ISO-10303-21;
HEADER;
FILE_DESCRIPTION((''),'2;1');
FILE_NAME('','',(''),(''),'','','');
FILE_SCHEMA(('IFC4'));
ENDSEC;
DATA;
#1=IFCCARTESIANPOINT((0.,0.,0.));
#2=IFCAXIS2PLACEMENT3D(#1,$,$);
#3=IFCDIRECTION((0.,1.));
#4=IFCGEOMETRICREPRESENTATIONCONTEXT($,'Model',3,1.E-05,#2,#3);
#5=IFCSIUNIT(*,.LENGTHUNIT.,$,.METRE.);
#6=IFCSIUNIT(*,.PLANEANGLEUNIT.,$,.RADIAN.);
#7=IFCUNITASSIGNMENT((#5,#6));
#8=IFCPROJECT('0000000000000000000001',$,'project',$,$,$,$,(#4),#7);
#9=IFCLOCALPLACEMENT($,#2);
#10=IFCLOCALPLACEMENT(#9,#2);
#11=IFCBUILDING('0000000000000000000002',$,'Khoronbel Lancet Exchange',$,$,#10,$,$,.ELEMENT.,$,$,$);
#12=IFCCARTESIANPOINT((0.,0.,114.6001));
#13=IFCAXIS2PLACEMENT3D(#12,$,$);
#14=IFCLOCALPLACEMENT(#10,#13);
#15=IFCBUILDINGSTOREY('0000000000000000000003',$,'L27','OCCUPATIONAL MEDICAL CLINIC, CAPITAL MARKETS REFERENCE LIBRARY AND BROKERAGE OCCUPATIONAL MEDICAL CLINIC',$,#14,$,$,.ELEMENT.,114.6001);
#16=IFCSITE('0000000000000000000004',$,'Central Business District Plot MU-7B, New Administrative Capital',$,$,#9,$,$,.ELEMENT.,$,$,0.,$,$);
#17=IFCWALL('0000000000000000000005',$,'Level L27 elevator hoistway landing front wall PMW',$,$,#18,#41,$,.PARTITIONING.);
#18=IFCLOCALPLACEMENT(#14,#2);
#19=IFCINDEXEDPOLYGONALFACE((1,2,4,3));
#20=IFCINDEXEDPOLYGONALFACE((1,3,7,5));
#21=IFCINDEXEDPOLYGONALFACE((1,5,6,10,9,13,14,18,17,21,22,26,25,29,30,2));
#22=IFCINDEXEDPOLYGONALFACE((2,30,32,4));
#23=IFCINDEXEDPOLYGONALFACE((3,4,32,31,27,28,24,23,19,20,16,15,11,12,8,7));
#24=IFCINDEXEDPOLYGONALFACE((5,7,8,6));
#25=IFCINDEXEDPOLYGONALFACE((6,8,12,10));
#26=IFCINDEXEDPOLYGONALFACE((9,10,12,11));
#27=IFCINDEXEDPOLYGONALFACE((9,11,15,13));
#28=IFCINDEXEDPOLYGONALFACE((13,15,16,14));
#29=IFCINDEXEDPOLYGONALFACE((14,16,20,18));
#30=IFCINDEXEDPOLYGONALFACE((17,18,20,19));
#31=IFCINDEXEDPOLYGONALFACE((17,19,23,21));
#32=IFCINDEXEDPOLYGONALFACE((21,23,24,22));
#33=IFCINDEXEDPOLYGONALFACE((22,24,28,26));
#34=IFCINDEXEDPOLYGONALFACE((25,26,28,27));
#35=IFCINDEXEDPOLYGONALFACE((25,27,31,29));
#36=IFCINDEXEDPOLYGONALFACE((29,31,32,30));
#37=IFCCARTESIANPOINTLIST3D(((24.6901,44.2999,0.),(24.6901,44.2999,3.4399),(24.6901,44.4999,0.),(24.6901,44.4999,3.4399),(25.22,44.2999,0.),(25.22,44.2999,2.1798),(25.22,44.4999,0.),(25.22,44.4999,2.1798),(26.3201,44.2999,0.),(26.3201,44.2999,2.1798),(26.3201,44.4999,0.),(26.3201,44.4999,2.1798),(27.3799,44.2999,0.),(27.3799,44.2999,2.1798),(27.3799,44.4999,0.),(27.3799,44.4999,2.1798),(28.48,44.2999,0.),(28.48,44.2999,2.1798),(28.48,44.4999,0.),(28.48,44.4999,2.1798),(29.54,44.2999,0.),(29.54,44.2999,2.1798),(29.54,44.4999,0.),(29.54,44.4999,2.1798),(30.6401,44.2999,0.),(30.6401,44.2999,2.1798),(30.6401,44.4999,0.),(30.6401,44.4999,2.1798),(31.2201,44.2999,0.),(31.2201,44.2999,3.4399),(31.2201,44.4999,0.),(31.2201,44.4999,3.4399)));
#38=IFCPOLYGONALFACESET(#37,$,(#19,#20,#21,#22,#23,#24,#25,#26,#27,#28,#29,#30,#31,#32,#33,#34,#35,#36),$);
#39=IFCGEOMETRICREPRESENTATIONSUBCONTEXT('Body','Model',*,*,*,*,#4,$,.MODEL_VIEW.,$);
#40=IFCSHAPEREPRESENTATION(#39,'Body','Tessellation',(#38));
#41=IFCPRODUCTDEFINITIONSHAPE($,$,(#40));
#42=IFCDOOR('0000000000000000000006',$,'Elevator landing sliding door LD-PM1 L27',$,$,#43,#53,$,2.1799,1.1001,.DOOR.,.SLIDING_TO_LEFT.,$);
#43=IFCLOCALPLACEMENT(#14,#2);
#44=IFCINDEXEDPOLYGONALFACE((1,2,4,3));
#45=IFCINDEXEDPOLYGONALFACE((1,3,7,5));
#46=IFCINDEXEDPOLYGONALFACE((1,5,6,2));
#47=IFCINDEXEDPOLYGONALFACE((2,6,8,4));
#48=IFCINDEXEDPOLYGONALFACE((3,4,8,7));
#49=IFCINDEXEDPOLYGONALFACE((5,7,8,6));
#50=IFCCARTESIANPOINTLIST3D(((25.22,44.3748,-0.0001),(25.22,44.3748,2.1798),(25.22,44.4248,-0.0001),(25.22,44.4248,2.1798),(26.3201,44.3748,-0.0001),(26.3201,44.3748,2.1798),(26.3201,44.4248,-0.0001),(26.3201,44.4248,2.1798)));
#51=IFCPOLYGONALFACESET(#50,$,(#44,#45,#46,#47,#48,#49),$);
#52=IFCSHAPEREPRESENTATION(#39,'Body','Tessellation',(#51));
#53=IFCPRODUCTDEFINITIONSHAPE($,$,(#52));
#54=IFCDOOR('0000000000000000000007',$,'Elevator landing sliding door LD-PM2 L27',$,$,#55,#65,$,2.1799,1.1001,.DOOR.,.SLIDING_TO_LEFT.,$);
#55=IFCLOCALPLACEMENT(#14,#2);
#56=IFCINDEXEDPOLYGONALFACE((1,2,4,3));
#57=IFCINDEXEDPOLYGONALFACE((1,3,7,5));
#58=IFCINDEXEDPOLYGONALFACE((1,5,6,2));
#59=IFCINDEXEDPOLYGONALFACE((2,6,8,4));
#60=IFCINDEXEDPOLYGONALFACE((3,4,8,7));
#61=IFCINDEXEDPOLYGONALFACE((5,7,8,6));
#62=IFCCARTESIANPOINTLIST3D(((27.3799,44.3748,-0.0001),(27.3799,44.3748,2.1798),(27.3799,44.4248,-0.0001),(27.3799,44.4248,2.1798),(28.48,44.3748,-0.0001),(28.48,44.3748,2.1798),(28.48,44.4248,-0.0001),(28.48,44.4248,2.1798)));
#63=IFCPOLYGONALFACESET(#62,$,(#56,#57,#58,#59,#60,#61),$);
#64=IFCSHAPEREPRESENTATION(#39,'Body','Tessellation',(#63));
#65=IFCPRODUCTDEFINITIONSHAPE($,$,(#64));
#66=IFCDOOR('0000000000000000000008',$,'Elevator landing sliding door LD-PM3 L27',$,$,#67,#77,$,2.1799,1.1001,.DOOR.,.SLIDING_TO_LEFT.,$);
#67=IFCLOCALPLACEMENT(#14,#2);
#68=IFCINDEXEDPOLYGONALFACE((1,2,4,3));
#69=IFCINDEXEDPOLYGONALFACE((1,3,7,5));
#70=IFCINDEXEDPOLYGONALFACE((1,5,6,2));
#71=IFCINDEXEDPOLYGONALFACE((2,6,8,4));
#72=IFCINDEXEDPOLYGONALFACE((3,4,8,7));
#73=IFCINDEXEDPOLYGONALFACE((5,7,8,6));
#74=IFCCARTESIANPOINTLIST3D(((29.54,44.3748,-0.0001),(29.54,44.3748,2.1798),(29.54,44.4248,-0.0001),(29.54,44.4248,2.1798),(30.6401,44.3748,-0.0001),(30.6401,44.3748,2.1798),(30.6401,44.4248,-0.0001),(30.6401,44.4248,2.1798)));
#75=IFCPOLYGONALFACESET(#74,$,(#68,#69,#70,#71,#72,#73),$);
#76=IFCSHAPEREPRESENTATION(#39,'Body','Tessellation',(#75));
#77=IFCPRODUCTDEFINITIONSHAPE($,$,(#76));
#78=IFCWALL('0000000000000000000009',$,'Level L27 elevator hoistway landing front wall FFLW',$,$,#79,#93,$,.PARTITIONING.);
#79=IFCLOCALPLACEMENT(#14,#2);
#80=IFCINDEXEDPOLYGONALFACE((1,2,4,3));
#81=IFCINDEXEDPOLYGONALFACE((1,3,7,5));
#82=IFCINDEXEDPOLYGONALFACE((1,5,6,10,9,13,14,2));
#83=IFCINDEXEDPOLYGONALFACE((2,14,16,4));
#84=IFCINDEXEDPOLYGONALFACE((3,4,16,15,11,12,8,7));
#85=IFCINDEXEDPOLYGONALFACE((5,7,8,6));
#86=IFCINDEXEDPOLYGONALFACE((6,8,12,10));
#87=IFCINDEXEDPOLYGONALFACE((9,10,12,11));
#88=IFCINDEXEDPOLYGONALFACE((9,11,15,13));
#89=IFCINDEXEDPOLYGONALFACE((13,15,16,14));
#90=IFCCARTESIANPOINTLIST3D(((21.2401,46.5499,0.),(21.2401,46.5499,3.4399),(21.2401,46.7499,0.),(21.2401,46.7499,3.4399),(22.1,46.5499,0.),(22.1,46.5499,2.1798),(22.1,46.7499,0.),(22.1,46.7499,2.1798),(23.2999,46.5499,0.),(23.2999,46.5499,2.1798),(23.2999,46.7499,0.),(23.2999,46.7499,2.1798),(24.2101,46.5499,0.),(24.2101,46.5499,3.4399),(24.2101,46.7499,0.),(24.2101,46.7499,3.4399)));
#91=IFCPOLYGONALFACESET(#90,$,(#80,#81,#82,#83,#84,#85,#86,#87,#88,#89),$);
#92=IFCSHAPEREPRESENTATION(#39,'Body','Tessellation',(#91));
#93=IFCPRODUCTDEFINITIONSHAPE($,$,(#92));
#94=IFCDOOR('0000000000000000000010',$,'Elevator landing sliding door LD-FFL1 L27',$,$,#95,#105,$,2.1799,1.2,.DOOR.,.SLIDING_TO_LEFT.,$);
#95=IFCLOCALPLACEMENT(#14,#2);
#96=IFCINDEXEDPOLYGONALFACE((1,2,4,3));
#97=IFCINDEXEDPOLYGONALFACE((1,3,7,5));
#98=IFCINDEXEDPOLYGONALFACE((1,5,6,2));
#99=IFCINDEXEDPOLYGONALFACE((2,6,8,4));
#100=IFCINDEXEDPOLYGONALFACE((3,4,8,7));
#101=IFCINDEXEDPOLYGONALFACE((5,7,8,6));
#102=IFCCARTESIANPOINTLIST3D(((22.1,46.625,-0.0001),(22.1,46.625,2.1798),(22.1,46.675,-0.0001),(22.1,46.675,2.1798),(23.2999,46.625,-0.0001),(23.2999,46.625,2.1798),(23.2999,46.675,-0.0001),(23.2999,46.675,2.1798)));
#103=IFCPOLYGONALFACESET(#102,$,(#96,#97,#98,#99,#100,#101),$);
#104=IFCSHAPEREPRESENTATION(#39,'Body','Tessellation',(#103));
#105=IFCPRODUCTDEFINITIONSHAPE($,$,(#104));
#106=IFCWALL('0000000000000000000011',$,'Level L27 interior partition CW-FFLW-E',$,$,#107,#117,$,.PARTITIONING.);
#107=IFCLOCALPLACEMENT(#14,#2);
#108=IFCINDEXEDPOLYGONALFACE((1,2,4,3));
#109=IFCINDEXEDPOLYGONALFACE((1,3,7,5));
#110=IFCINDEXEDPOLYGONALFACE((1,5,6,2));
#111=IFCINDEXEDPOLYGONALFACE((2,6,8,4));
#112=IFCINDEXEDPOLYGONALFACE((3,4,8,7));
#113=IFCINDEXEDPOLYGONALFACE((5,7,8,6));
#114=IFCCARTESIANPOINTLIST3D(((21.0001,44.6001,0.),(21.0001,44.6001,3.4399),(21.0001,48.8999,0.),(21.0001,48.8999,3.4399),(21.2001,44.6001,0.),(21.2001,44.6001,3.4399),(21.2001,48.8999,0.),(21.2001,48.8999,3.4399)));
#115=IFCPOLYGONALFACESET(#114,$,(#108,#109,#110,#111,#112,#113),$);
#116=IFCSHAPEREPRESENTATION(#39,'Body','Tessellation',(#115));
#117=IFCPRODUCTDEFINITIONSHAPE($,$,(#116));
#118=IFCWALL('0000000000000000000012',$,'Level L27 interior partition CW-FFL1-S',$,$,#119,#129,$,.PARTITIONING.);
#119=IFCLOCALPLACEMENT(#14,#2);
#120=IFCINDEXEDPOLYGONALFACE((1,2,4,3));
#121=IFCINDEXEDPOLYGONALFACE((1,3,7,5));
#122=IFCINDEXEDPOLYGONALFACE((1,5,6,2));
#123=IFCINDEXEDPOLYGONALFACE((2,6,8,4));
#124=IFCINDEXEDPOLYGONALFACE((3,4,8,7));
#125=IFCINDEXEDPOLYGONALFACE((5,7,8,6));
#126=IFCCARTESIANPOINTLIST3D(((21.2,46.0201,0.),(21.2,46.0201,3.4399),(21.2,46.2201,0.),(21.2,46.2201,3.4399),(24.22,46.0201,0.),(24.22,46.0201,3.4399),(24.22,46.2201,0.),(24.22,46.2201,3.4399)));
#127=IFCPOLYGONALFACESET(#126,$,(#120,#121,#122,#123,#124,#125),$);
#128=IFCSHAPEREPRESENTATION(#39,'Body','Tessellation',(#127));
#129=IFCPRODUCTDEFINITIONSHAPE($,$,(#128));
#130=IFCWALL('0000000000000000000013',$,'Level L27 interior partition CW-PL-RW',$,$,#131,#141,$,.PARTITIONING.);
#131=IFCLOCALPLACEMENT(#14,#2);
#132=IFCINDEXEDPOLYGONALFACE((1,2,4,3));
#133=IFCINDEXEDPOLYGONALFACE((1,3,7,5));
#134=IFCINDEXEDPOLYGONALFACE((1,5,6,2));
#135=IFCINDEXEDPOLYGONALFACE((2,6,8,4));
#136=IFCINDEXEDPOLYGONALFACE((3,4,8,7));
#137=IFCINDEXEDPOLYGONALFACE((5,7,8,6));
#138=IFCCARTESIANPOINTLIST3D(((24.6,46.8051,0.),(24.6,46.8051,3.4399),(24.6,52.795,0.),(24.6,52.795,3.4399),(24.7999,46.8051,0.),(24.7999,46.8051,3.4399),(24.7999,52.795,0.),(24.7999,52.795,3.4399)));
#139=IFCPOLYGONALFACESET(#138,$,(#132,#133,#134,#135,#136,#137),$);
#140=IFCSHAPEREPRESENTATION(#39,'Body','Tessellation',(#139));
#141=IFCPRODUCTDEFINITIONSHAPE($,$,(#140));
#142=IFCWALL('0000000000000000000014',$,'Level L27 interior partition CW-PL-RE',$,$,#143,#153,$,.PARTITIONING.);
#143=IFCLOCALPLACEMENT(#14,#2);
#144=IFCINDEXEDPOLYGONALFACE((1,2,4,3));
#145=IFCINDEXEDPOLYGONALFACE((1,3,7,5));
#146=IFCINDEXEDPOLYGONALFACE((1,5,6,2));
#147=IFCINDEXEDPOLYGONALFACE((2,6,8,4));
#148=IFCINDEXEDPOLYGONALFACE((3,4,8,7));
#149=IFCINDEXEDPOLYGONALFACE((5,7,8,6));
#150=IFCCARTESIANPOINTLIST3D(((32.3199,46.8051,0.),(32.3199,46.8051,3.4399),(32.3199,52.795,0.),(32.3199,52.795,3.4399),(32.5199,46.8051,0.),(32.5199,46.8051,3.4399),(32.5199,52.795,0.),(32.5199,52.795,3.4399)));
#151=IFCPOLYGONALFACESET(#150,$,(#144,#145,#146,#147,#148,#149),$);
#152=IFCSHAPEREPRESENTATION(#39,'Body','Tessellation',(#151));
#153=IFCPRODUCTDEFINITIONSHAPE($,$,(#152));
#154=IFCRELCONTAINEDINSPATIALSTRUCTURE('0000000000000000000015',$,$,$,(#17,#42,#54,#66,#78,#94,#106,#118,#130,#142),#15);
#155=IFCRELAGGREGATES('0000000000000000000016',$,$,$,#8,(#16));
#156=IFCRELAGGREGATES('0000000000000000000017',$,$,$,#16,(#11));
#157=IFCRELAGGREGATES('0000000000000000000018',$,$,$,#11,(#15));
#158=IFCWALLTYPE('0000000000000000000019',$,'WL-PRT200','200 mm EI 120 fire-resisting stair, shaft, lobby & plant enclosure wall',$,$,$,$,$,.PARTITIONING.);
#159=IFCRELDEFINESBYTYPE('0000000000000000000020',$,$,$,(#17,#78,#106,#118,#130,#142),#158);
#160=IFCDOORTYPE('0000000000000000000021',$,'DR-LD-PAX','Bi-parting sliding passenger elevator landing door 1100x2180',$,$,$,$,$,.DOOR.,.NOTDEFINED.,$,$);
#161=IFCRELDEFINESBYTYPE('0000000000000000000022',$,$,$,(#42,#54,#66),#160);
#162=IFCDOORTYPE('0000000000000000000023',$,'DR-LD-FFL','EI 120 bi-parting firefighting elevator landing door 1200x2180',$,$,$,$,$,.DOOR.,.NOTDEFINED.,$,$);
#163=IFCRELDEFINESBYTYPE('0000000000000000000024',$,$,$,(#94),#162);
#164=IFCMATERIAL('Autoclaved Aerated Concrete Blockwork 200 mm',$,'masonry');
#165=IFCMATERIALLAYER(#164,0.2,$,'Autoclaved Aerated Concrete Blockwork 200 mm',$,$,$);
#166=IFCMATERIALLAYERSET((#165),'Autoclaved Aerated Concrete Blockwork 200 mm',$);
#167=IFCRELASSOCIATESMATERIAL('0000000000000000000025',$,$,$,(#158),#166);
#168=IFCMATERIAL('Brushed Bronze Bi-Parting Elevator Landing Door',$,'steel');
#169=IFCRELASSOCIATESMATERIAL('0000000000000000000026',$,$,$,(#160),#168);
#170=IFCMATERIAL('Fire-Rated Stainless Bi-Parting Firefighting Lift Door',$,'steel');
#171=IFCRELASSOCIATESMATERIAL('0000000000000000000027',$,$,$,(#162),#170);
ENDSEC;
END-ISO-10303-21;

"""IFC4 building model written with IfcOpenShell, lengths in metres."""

from ifc_helpers import new_model, si_unit, direction, frame, frame_2d, origin, place, context, subcontext, project, spatial, rectangle, extrude, material, layer, layer_set, type_object, element, fill, save


model = new_model("IFC4")

# Units and contexts
model_context = context("Model", 3, precision=1e-05, world=origin(), true_north=direction((0.0, 1.0)))
body_context = subcontext(model_context, "Body", "Model", "MODEL_VIEW")
ifc_project = project(units=[si_unit("LENGTHUNIT", "METRE"), si_unit("PLANEANGLEUNIT", "RADIAN")], contexts=[model_context])

# Site, building, storey
site_placement = place(None, origin())
site = spatial("IfcSite", under=ifc_project, at=site_placement, Name="Central Business District Plot MU-7B, New Administrative Capital", CompositionType="ELEMENT", RefElevation=0.0)
building_placement = place(site_placement, origin())
building = spatial("IfcBuilding", under=site, at=building_placement, Name="Khoronbel Lancet Exchange", CompositionType="ELEMENT")
storey_placement = place(building_placement, frame((0.0, 0.0, 114.6001)))
storey = spatial("IfcBuildingStorey", under=building, at=storey_placement, Name="L27", Description="OCCUPATIONAL MEDICAL CLINIC, CAPITAL MARKETS REFERENCE LIBRARY AND BROKERAGE OCCUPATIONAL MEDICAL CLINIC", CompositionType="ELEMENT", Elevation=114.6001)

# Wall, openings, doors
ifc_material_1 = material(Name="Autoclaved Aerated Concrete Blockwork 200 mm", Category="masonry")
ifc_layer_1 = layer(ifc_material_1, 0.2, Name="Autoclaved Aerated Concrete Blockwork 200 mm")
ifc_layer_set_1 = layer_set([ifc_layer_1], Name="Autoclaved Aerated Concrete Blockwork 200 mm")
wall_type_1 = type_object("IfcWallType", Name="WL-PRT200", Description="200 mm EI 120 fire-resisting stair, shaft, lobby & plant enclosure wall", PredefinedType="PARTITIONING", material=ifc_layer_set_1)
wall_1_placement = place(storey_placement, frame((24.6899, 44.3999, 0.0), z_axis=(0.0, 0.0, 1.0), x_axis=(1.0, 0.0, 0.0)))
wall_1 = element("IfcWall", 1, at=wall_1_placement, inside=storey, type_object=wall_type_1, Name="Level L27 elevator hoistway landing front wall PMW", PredefinedType="PARTITIONING", context=body_context, shape_type="SweptSolid", body=[
    extrude(rectangle(XDim=6.53, YDim=0.2, at=frame_2d((3.2651, 0.0))), origin(), (0.0, 0.0, 1.0), 3.4399),
])
opening_1_placement = place(wall_1_placement, frame((0.53, 0.0, 0.0)))
opening_1 = element("IfcOpeningElement", 2, at=opening_1_placement, cuts=wall_1, PredefinedType="OPENING", context=body_context, shape_type="SweptSolid", body=[
    extrude(rectangle(XDim=1.1001, YDim=2.1799, at=frame_2d((0.55, 1.0898))), frame((0.0, 0.1099, 0.0), z_axis=(0.0, -1.0, 0.0), x_axis=(1.0, 0.0, 0.0)), (0.0, 0.0, 1.0), 0.22),
])
opening_2_placement = place(wall_1_placement, frame((2.6899, 0.0, 0.0)))
opening_2 = element("IfcOpeningElement", 3, at=opening_2_placement, cuts=wall_1, PredefinedType="OPENING", context=body_context, shape_type="SweptSolid", body=[
    extrude(rectangle(XDim=1.1001, YDim=2.1799, at=frame_2d((0.55, 1.0898))), frame((0.0, 0.1099, 0.0), z_axis=(0.0, -1.0, 0.0), x_axis=(1.0, 0.0, 0.0)), (0.0, 0.0, 1.0), 0.22),
])
opening_3_placement = place(wall_1_placement, frame((4.8501, 0.0, 0.0)))
opening_3 = element("IfcOpeningElement", 4, at=opening_3_placement, cuts=wall_1, PredefinedType="OPENING", context=body_context, shape_type="SweptSolid", body=[
    extrude(rectangle(XDim=1.1001, YDim=2.1799, at=frame_2d((0.55, 1.0898))), frame((0.0, 0.1099, 0.0), z_axis=(0.0, -1.0, 0.0), x_axis=(1.0, 0.0, 0.0)), (0.0, 0.0, 1.0), 0.22),
])
ifc_material_2 = material(Name="Brushed Bronze Bi-Parting Elevator Landing Door", Category="steel")
door_type_1 = type_object("IfcDoorType", Name="DR-LD-PAX", Description="Bi-parting sliding passenger elevator landing door 1100x2180", OperationType="NOTDEFINED", PredefinedType="DOOR", material=ifc_material_2)
door_1_placement = place(opening_1_placement, origin())
door_1 = element("IfcDoor", 5, at=door_1_placement, inside=storey, type_object=door_type_1, Name="Elevator landing sliding door LD-PM1 L27", OperationType="SLIDING_TO_LEFT", OverallHeight=2.1799, OverallWidth=1.1001, PredefinedType="DOOR", context=body_context, shape_type="SweptSolid", body=[
    extrude(rectangle(XDim=1.1001, YDim=2.1799, at=frame_2d((0.55, 1.0898))), frame((0.0, 0.0249, 0.0), z_axis=(0.0, -1.0, 0.0), x_axis=(1.0, 0.0, 0.0)), (0.0, 0.0, 1.0), 0.05),
])
fill(opening_1, door_1)
door_2_placement = place(opening_2_placement, origin())
door_2 = element("IfcDoor", 6, at=door_2_placement, inside=storey, type_object=door_type_1, Name="Elevator landing sliding door LD-PM2 L27", OperationType="SLIDING_TO_LEFT", OverallHeight=2.1799, OverallWidth=1.1001, PredefinedType="DOOR", context=body_context, shape_type="SweptSolid", body=[
    extrude(rectangle(XDim=1.1001, YDim=2.1799, at=frame_2d((0.55, 1.0898))), frame((0.0, 0.0249, 0.0), z_axis=(0.0, -1.0, 0.0), x_axis=(1.0, 0.0, 0.0)), (0.0, 0.0, 1.0), 0.05),
])
fill(opening_2, door_2)
door_3_placement = place(opening_3_placement, origin())
door_3 = element("IfcDoor", 7, at=door_3_placement, inside=storey, type_object=door_type_1, Name="Elevator landing sliding door LD-PM3 L27", OperationType="SLIDING_TO_LEFT", OverallHeight=2.1799, OverallWidth=1.1001, PredefinedType="DOOR", context=body_context, shape_type="SweptSolid", body=[
    extrude(rectangle(XDim=1.1001, YDim=2.1799, at=frame_2d((0.55, 1.0898))), frame((0.0, 0.0249, 0.0), z_axis=(0.0, -1.0, 0.0), x_axis=(1.0, 0.0, 0.0)), (0.0, 0.0, 1.0), 0.05),
])
fill(opening_3, door_3)

# Wall, opening, door
wall_2_placement = place(storey_placement, frame((24.21, 46.6499, 0.0), z_axis=(0.0, 0.0, 1.0), x_axis=(-1.0, 0.0, 0.0)))
wall_2 = element("IfcWall", 8, at=wall_2_placement, inside=storey, type_object=wall_type_1, Name="Level L27 elevator hoistway landing front wall FFLW", PredefinedType="PARTITIONING", context=body_context, shape_type="SweptSolid", body=[
    extrude(rectangle(XDim=2.97, YDim=0.2, at=frame_2d((1.4849, 0.0))), origin(), (0.0, 0.0, 1.0), 3.4399),
])
opening_4_placement = place(wall_2_placement, frame((0.9099, 0.0, 0.0)))
opening_4 = element("IfcOpeningElement", 9, at=opening_4_placement, cuts=wall_2, PredefinedType="OPENING", context=body_context, shape_type="SweptSolid", body=[
    extrude(rectangle(XDim=1.2, YDim=2.1799, at=frame_2d((0.6001, 1.0898))), frame((0.0, 0.1099, 0.0), z_axis=(0.0, -1.0, 0.0), x_axis=(1.0, 0.0, 0.0)), (0.0, 0.0, 1.0), 0.22),
])
ifc_material_3 = material(Name="Fire-Rated Stainless Bi-Parting Firefighting Lift Door", Category="steel")
door_type_2 = type_object("IfcDoorType", Name="DR-LD-FFL", Description="EI 120 bi-parting firefighting elevator landing door 1200x2180", OperationType="NOTDEFINED", PredefinedType="DOOR", material=ifc_material_3)
door_4_placement = place(opening_4_placement, origin())
door_4 = element("IfcDoor", 10, at=door_4_placement, inside=storey, type_object=door_type_2, Name="Elevator landing sliding door LD-FFL1 L27", OperationType="SLIDING_TO_LEFT", OverallHeight=2.1799, OverallWidth=1.2, PredefinedType="DOOR", context=body_context, shape_type="SweptSolid", body=[
    extrude(rectangle(XDim=1.2, YDim=2.1799, at=frame_2d((0.6001, 1.0898))), frame((0.0, 0.0249, 0.0), z_axis=(0.0, -1.0, 0.0), x_axis=(1.0, 0.0, 0.0)), (0.0, 0.0, 1.0), 0.05),
])
fill(opening_4, door_4)

# Walls
wall_3_placement = place(storey_placement, frame((21.1001, 44.6001, 0.0), z_axis=(0.0, 0.0, 1.0), x_axis=(0.0, 1.0, 0.0)))
element("IfcWall", 11, at=wall_3_placement, inside=storey, type_object=wall_type_1, Name="Level L27 interior partition CW-FFLW-E", PredefinedType="PARTITIONING", context=body_context, shape_type="SweptSolid", body=[
    extrude(rectangle(XDim=4.2998, YDim=0.2, at=frame_2d((2.1499, 0.0))), origin(), (0.0, 0.0, 1.0), 3.4399),
])
wall_4_placement = place(storey_placement, frame((21.2, 46.1201, 0.0), z_axis=(0.0, 0.0, 1.0), x_axis=(1.0, 0.0, 0.0)))
element("IfcWall", 12, at=wall_4_placement, inside=storey, type_object=wall_type_1, Name="Level L27 interior partition CW-FFL1-S", PredefinedType="PARTITIONING", context=body_context, shape_type="SweptSolid", body=[
    extrude(rectangle(XDim=3.02, YDim=0.2, at=frame_2d((1.51, 0.0))), origin(), (0.0, 0.0, 1.0), 3.4399),
])
for number, where, z_axis, x_axis, name in (
    (13, (24.7, 46.8049, 0.0), (0.0, 0.0, 1.0), (0.0, 1.0, 0.0), "Level L27 interior partition CW-PL-RW"),
    (14, (32.4199, 46.8049, 0.0), (0.0, 0.0, 1.0), (0.0, 1.0, 0.0), "Level L27 interior partition CW-PL-RE"),
):
    element("IfcWall", number, at=place(storey_placement, frame(where, z_axis=z_axis, x_axis=x_axis)), inside=storey, type_object=wall_type_1, Name=name, PredefinedType="PARTITIONING", context=body_context, shape_type="SweptSolid", body=[
        extrude(rectangle(XDim=5.99, YDim=0.2, at=frame_2d((2.9951, 0.0))), origin(), (0.0, 0.0, 1.0), 3.4399),
    ])

save(model, "model.ifc")
